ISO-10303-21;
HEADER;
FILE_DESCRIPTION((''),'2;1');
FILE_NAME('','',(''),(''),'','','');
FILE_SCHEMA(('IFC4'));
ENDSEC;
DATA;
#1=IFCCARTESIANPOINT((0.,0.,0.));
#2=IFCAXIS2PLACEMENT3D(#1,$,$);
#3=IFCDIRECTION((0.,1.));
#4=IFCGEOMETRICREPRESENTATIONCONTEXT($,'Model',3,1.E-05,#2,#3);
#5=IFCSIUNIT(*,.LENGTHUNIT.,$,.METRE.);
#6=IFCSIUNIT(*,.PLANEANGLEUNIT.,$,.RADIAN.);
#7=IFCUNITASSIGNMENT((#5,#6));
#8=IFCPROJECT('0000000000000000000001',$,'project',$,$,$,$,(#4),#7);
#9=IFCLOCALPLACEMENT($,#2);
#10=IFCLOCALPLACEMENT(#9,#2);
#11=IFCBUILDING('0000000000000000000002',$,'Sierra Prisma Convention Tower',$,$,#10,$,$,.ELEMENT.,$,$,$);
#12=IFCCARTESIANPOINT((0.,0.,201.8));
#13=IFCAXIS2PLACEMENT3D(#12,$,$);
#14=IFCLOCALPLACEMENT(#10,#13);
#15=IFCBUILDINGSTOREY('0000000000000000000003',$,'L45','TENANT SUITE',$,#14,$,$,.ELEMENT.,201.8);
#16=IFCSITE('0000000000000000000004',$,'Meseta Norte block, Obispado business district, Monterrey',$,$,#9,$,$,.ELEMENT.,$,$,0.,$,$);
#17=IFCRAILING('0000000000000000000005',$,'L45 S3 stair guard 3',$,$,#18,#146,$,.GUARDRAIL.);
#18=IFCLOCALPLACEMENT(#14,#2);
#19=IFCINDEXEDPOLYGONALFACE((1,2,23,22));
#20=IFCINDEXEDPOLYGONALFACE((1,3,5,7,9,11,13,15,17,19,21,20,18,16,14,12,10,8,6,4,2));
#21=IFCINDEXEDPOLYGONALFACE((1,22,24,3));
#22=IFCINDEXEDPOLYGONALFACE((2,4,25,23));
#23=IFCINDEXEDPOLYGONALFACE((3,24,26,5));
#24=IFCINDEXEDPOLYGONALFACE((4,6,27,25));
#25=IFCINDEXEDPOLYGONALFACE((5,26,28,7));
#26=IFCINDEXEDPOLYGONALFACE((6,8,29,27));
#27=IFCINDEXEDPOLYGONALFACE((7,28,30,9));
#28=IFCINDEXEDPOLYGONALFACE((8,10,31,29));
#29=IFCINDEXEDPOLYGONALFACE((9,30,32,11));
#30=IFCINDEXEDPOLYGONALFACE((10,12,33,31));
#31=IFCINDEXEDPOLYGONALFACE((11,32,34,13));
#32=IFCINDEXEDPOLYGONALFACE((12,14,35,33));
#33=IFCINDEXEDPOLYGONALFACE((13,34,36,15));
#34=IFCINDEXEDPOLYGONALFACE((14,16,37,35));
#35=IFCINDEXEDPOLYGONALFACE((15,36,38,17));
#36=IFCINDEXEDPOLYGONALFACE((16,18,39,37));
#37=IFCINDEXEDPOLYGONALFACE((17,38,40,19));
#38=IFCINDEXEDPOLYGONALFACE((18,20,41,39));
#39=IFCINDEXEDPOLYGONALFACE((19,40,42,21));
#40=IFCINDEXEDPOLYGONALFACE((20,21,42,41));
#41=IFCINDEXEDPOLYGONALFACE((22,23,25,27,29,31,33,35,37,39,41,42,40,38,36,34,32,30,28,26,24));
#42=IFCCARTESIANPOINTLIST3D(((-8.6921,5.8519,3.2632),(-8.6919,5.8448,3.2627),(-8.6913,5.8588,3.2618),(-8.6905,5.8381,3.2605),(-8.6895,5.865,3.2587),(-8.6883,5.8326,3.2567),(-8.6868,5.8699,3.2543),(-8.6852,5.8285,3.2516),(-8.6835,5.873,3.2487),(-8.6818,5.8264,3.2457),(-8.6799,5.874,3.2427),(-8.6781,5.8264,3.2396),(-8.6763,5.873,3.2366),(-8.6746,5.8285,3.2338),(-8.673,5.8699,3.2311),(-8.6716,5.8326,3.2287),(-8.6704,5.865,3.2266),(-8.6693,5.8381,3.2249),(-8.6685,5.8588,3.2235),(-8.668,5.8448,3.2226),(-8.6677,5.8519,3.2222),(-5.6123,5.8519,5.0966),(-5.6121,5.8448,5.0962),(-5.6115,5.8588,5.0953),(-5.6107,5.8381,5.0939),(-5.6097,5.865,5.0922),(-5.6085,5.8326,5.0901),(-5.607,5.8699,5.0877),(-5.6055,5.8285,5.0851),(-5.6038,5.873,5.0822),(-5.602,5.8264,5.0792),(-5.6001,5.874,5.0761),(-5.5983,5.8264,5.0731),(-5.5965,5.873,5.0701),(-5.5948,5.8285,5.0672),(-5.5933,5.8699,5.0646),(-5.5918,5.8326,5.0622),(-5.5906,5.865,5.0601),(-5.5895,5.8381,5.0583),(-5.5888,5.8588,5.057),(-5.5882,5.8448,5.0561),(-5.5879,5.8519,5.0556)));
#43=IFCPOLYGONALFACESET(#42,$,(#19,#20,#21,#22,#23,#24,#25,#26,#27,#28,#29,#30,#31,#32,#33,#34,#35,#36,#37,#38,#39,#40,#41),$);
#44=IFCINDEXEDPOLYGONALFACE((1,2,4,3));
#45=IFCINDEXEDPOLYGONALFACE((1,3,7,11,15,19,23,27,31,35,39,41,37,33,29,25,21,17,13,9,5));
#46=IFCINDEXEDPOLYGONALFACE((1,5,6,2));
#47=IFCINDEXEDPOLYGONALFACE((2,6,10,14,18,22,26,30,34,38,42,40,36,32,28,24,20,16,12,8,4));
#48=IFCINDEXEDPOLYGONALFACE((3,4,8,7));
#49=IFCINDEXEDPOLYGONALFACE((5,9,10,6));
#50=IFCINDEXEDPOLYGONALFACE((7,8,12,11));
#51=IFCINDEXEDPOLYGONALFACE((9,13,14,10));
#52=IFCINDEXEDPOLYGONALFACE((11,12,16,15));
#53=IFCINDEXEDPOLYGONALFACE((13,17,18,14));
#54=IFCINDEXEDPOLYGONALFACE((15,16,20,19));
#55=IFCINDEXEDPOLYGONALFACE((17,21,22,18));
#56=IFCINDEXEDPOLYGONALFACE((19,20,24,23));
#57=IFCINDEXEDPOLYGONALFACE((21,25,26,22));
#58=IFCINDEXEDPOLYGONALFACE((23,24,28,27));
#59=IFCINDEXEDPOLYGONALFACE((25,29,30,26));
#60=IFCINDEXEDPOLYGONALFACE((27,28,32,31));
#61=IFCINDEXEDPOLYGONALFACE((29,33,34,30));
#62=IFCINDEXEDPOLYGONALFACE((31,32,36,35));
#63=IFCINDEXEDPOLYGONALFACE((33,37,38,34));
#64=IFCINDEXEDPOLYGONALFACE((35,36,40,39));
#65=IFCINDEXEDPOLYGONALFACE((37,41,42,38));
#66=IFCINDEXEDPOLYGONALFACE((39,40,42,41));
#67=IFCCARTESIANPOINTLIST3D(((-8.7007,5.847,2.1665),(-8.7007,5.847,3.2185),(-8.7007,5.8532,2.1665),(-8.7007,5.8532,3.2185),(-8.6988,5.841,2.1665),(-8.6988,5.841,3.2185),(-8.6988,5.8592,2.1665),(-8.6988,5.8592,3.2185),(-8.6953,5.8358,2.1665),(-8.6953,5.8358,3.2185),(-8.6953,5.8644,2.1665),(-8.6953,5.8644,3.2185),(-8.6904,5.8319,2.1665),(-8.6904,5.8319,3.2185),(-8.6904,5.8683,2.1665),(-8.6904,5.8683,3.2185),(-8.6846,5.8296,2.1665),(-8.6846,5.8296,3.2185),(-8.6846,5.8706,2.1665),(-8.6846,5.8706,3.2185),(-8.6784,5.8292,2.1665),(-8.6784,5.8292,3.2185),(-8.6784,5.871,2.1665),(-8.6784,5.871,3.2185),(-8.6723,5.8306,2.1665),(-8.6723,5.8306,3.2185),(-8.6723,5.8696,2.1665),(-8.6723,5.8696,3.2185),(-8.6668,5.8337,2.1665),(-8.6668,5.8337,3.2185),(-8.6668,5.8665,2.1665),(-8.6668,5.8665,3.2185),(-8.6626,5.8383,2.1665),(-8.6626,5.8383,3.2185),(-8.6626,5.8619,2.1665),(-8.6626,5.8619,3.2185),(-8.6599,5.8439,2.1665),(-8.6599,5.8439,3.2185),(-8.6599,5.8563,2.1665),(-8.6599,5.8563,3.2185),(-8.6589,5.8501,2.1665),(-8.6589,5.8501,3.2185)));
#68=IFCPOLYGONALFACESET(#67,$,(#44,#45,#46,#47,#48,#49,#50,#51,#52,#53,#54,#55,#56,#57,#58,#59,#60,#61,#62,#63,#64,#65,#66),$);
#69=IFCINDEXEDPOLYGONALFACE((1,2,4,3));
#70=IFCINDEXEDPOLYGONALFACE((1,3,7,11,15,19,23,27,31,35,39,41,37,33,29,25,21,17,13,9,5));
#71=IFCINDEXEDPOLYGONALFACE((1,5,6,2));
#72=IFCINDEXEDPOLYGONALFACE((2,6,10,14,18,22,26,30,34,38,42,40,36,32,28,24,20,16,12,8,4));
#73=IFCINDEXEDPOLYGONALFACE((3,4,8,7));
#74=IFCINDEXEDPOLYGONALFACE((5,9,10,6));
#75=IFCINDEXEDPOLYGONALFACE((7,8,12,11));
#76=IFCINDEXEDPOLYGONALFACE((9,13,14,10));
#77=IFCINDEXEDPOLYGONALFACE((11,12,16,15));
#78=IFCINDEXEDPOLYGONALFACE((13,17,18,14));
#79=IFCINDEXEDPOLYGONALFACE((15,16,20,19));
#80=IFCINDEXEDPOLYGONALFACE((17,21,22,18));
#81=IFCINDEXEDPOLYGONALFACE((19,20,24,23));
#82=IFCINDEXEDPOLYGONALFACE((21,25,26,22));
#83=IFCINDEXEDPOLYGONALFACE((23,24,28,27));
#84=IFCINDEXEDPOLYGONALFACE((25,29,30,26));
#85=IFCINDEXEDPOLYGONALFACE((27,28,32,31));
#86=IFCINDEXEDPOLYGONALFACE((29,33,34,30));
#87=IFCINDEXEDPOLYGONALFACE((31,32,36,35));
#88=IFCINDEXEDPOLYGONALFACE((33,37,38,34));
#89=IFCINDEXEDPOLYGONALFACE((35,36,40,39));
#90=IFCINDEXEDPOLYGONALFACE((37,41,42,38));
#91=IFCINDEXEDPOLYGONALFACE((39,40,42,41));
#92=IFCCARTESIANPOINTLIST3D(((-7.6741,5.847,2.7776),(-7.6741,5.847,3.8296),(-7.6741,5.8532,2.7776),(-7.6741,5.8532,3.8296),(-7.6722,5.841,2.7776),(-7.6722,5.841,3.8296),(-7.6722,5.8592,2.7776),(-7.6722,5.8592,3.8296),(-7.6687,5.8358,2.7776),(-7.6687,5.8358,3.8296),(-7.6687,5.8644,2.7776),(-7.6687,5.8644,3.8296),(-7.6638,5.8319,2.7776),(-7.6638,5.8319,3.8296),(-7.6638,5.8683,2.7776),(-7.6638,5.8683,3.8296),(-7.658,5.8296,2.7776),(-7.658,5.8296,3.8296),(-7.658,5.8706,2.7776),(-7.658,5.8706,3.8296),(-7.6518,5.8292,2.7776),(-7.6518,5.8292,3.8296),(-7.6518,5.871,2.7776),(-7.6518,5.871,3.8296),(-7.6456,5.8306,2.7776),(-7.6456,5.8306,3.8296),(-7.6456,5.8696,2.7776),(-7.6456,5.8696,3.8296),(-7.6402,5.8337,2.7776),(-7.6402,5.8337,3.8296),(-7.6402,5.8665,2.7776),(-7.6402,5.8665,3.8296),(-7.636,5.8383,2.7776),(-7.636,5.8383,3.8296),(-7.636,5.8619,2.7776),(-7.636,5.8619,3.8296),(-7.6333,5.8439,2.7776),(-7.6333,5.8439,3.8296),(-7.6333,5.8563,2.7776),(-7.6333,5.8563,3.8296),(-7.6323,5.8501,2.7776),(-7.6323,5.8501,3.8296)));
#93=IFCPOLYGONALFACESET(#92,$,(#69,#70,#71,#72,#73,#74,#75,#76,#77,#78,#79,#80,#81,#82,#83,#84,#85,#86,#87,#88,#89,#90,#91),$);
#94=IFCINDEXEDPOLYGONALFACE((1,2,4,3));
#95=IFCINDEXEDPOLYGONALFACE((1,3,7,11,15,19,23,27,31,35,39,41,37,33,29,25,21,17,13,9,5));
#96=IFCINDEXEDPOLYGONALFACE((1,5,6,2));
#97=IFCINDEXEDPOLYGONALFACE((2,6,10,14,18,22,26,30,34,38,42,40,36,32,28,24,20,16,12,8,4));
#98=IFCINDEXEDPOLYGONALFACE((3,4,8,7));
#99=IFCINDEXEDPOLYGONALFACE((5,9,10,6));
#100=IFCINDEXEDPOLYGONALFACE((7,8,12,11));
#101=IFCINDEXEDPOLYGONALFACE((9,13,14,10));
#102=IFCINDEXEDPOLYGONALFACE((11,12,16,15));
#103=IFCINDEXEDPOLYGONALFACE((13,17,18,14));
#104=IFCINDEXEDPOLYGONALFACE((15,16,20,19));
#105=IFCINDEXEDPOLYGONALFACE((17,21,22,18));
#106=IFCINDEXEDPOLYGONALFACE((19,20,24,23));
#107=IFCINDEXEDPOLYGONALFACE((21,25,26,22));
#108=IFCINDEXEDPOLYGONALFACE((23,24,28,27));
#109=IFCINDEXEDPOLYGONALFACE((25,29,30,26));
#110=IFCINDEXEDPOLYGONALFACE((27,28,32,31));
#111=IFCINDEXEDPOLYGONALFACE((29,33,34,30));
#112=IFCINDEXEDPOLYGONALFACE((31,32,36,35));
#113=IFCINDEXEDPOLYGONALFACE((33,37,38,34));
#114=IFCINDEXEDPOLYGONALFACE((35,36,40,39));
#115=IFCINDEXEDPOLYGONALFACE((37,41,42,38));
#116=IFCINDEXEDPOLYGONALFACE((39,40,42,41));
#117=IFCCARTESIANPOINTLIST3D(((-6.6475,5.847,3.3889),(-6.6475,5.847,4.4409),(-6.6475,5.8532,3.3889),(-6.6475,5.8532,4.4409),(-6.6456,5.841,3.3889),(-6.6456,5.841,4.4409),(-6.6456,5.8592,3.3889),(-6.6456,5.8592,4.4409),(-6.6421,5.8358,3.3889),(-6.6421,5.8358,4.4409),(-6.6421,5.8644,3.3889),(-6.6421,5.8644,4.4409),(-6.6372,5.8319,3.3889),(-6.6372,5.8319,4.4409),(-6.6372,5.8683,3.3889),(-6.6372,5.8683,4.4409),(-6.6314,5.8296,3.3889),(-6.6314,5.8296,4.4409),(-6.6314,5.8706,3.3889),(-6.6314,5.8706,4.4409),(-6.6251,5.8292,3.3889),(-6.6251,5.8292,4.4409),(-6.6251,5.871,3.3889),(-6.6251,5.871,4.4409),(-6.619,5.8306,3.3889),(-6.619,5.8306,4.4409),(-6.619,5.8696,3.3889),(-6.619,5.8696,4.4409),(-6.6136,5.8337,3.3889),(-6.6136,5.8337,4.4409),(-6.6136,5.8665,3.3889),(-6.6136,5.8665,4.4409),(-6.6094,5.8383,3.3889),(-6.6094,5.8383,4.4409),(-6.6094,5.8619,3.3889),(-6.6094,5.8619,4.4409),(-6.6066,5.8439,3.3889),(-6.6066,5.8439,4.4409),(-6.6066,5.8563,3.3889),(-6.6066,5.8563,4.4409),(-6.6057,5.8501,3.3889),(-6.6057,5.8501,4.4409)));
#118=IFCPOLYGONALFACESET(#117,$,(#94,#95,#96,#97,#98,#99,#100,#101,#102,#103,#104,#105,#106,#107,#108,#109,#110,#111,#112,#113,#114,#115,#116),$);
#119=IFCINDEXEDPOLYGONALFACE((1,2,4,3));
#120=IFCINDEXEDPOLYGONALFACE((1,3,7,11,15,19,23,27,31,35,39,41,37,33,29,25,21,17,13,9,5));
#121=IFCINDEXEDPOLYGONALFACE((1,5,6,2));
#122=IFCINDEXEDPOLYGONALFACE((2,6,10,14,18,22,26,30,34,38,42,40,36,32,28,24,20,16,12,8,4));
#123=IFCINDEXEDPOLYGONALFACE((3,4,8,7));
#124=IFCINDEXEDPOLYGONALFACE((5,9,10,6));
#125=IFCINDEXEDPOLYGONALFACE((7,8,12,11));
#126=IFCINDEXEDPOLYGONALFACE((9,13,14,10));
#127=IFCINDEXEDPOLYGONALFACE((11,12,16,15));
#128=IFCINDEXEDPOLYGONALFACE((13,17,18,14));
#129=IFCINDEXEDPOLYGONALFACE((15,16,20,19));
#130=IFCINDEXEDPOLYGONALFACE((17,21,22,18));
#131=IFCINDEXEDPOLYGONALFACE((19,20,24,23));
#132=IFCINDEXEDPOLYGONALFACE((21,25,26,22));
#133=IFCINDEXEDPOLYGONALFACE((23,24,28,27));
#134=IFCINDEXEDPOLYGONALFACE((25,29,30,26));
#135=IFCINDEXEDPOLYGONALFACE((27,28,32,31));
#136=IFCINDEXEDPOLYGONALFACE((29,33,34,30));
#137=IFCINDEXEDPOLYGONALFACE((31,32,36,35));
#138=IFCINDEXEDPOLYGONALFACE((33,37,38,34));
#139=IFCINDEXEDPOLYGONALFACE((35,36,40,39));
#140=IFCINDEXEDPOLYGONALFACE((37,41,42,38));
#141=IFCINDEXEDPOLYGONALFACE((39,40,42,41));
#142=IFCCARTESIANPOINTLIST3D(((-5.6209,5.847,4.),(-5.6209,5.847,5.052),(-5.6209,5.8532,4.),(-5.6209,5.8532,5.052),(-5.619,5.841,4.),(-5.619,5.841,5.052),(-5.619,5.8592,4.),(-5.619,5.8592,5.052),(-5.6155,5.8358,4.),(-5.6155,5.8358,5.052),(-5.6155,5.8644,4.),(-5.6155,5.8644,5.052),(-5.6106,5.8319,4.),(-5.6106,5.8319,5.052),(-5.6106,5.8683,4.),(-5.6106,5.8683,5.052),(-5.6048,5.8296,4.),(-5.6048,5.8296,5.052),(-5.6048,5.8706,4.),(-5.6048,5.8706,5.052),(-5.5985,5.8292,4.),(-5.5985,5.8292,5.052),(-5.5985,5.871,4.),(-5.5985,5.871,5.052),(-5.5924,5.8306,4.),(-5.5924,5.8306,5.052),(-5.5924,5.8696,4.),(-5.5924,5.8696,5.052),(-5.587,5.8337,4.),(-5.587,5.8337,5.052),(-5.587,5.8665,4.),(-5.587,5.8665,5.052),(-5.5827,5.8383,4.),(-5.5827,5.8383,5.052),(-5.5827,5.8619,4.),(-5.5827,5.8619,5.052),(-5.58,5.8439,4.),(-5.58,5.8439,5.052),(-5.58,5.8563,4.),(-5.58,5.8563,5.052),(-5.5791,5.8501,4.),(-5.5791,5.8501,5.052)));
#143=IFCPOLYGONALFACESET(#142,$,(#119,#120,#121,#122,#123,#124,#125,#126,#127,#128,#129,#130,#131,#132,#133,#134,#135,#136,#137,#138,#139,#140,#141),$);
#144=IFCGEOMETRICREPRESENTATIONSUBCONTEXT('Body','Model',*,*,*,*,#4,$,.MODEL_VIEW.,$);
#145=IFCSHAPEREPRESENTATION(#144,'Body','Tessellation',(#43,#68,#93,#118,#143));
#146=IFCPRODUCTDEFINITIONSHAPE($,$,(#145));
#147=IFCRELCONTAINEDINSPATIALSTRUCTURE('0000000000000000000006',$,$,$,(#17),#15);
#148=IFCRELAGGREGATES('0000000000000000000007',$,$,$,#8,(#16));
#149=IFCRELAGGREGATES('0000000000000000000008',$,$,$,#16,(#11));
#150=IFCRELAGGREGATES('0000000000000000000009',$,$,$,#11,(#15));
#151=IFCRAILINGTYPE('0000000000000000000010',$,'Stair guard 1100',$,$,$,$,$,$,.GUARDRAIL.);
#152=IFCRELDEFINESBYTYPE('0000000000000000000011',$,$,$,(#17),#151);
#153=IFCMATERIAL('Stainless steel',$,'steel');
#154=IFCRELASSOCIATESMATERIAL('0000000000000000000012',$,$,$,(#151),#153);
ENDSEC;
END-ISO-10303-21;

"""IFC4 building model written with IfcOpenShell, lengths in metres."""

from ifc_helpers import new_model, si_unit, direction, frame, origin, origin_2d, place, context, subcontext, project, spatial, circle, extrude, material, type_object, element, save


model = new_model("IFC4")

# Units and contexts
model_context = context("Model", 3, precision=1e-05, world=origin(), true_north=direction((0.0, 1.0)))
body_context = subcontext(model_context, "Body", "Model", "MODEL_VIEW")
ifc_project = project(units=[si_unit("LENGTHUNIT", "METRE"), si_unit("PLANEANGLEUNIT", "RADIAN")], contexts=[model_context])

# Site, building, storey
site_placement = place(None, origin())
site = spatial("IfcSite", under=ifc_project, at=site_placement, Name="Meseta Norte block, Obispado business district, Monterrey", CompositionType="ELEMENT", RefElevation=0.0)
building_placement = place(site_placement, origin())
building = spatial("IfcBuilding", under=site, at=building_placement, Name="Sierra Prisma Convention Tower", CompositionType="ELEMENT")
storey_placement = place(building_placement, frame((0.0, 0.0, 201.8)))
storey = spatial("IfcBuildingStorey", under=building, at=storey_placement, Name="L45", Description="TENANT SUITE", CompositionType="ELEMENT", Elevation=201.8)

# Railing
ifc_material_1 = material(Name="Stainless steel", Category="steel")
railing_type_1 = type_object("IfcRailingType", Name="Stair guard 1100", PredefinedType="GUARDRAIL", material=ifc_material_1)
railing_1_placement = place(storey_placement, frame((-8.6799, 5.8501, 2.1665)))
element("IfcRailing", 1, at=railing_1_placement, inside=storey, type_object=railing_type_1, Name="L45 S3 stair guard 3", PredefinedType="GUARDRAIL", context=body_context, shape_type="SweptSolid", body=[
    extrude(circle(Radius=0.0239, at=origin_2d()), frame((0.0, 0.0, 1.0762), z_axis=(0.859261, 0.0, 0.511538), x_axis=(0.0, 1.0, 0.0)), (0.0, 0.0, 1.0), 3.5842),
    extrude(circle(Radius=0.021, at=origin_2d()), origin(), (0.0, 0.0, 1.0), 1.052),
    extrude(circle(Radius=0.021, at=origin_2d()), frame((1.0266, 0.0, 0.6111)), (0.0, 0.0, 1.0), 1.052),
    extrude(circle(Radius=0.021, at=origin_2d()), frame((2.0532, 0.0, 1.2224)), (0.0, 0.0, 1.0), 1.052),
    extrude(circle(Radius=0.021, at=origin_2d()), frame((3.0798, 0.0, 1.8335)), (0.0, 0.0, 1.0), 1.052),
])

save(model, "model.ifc")
